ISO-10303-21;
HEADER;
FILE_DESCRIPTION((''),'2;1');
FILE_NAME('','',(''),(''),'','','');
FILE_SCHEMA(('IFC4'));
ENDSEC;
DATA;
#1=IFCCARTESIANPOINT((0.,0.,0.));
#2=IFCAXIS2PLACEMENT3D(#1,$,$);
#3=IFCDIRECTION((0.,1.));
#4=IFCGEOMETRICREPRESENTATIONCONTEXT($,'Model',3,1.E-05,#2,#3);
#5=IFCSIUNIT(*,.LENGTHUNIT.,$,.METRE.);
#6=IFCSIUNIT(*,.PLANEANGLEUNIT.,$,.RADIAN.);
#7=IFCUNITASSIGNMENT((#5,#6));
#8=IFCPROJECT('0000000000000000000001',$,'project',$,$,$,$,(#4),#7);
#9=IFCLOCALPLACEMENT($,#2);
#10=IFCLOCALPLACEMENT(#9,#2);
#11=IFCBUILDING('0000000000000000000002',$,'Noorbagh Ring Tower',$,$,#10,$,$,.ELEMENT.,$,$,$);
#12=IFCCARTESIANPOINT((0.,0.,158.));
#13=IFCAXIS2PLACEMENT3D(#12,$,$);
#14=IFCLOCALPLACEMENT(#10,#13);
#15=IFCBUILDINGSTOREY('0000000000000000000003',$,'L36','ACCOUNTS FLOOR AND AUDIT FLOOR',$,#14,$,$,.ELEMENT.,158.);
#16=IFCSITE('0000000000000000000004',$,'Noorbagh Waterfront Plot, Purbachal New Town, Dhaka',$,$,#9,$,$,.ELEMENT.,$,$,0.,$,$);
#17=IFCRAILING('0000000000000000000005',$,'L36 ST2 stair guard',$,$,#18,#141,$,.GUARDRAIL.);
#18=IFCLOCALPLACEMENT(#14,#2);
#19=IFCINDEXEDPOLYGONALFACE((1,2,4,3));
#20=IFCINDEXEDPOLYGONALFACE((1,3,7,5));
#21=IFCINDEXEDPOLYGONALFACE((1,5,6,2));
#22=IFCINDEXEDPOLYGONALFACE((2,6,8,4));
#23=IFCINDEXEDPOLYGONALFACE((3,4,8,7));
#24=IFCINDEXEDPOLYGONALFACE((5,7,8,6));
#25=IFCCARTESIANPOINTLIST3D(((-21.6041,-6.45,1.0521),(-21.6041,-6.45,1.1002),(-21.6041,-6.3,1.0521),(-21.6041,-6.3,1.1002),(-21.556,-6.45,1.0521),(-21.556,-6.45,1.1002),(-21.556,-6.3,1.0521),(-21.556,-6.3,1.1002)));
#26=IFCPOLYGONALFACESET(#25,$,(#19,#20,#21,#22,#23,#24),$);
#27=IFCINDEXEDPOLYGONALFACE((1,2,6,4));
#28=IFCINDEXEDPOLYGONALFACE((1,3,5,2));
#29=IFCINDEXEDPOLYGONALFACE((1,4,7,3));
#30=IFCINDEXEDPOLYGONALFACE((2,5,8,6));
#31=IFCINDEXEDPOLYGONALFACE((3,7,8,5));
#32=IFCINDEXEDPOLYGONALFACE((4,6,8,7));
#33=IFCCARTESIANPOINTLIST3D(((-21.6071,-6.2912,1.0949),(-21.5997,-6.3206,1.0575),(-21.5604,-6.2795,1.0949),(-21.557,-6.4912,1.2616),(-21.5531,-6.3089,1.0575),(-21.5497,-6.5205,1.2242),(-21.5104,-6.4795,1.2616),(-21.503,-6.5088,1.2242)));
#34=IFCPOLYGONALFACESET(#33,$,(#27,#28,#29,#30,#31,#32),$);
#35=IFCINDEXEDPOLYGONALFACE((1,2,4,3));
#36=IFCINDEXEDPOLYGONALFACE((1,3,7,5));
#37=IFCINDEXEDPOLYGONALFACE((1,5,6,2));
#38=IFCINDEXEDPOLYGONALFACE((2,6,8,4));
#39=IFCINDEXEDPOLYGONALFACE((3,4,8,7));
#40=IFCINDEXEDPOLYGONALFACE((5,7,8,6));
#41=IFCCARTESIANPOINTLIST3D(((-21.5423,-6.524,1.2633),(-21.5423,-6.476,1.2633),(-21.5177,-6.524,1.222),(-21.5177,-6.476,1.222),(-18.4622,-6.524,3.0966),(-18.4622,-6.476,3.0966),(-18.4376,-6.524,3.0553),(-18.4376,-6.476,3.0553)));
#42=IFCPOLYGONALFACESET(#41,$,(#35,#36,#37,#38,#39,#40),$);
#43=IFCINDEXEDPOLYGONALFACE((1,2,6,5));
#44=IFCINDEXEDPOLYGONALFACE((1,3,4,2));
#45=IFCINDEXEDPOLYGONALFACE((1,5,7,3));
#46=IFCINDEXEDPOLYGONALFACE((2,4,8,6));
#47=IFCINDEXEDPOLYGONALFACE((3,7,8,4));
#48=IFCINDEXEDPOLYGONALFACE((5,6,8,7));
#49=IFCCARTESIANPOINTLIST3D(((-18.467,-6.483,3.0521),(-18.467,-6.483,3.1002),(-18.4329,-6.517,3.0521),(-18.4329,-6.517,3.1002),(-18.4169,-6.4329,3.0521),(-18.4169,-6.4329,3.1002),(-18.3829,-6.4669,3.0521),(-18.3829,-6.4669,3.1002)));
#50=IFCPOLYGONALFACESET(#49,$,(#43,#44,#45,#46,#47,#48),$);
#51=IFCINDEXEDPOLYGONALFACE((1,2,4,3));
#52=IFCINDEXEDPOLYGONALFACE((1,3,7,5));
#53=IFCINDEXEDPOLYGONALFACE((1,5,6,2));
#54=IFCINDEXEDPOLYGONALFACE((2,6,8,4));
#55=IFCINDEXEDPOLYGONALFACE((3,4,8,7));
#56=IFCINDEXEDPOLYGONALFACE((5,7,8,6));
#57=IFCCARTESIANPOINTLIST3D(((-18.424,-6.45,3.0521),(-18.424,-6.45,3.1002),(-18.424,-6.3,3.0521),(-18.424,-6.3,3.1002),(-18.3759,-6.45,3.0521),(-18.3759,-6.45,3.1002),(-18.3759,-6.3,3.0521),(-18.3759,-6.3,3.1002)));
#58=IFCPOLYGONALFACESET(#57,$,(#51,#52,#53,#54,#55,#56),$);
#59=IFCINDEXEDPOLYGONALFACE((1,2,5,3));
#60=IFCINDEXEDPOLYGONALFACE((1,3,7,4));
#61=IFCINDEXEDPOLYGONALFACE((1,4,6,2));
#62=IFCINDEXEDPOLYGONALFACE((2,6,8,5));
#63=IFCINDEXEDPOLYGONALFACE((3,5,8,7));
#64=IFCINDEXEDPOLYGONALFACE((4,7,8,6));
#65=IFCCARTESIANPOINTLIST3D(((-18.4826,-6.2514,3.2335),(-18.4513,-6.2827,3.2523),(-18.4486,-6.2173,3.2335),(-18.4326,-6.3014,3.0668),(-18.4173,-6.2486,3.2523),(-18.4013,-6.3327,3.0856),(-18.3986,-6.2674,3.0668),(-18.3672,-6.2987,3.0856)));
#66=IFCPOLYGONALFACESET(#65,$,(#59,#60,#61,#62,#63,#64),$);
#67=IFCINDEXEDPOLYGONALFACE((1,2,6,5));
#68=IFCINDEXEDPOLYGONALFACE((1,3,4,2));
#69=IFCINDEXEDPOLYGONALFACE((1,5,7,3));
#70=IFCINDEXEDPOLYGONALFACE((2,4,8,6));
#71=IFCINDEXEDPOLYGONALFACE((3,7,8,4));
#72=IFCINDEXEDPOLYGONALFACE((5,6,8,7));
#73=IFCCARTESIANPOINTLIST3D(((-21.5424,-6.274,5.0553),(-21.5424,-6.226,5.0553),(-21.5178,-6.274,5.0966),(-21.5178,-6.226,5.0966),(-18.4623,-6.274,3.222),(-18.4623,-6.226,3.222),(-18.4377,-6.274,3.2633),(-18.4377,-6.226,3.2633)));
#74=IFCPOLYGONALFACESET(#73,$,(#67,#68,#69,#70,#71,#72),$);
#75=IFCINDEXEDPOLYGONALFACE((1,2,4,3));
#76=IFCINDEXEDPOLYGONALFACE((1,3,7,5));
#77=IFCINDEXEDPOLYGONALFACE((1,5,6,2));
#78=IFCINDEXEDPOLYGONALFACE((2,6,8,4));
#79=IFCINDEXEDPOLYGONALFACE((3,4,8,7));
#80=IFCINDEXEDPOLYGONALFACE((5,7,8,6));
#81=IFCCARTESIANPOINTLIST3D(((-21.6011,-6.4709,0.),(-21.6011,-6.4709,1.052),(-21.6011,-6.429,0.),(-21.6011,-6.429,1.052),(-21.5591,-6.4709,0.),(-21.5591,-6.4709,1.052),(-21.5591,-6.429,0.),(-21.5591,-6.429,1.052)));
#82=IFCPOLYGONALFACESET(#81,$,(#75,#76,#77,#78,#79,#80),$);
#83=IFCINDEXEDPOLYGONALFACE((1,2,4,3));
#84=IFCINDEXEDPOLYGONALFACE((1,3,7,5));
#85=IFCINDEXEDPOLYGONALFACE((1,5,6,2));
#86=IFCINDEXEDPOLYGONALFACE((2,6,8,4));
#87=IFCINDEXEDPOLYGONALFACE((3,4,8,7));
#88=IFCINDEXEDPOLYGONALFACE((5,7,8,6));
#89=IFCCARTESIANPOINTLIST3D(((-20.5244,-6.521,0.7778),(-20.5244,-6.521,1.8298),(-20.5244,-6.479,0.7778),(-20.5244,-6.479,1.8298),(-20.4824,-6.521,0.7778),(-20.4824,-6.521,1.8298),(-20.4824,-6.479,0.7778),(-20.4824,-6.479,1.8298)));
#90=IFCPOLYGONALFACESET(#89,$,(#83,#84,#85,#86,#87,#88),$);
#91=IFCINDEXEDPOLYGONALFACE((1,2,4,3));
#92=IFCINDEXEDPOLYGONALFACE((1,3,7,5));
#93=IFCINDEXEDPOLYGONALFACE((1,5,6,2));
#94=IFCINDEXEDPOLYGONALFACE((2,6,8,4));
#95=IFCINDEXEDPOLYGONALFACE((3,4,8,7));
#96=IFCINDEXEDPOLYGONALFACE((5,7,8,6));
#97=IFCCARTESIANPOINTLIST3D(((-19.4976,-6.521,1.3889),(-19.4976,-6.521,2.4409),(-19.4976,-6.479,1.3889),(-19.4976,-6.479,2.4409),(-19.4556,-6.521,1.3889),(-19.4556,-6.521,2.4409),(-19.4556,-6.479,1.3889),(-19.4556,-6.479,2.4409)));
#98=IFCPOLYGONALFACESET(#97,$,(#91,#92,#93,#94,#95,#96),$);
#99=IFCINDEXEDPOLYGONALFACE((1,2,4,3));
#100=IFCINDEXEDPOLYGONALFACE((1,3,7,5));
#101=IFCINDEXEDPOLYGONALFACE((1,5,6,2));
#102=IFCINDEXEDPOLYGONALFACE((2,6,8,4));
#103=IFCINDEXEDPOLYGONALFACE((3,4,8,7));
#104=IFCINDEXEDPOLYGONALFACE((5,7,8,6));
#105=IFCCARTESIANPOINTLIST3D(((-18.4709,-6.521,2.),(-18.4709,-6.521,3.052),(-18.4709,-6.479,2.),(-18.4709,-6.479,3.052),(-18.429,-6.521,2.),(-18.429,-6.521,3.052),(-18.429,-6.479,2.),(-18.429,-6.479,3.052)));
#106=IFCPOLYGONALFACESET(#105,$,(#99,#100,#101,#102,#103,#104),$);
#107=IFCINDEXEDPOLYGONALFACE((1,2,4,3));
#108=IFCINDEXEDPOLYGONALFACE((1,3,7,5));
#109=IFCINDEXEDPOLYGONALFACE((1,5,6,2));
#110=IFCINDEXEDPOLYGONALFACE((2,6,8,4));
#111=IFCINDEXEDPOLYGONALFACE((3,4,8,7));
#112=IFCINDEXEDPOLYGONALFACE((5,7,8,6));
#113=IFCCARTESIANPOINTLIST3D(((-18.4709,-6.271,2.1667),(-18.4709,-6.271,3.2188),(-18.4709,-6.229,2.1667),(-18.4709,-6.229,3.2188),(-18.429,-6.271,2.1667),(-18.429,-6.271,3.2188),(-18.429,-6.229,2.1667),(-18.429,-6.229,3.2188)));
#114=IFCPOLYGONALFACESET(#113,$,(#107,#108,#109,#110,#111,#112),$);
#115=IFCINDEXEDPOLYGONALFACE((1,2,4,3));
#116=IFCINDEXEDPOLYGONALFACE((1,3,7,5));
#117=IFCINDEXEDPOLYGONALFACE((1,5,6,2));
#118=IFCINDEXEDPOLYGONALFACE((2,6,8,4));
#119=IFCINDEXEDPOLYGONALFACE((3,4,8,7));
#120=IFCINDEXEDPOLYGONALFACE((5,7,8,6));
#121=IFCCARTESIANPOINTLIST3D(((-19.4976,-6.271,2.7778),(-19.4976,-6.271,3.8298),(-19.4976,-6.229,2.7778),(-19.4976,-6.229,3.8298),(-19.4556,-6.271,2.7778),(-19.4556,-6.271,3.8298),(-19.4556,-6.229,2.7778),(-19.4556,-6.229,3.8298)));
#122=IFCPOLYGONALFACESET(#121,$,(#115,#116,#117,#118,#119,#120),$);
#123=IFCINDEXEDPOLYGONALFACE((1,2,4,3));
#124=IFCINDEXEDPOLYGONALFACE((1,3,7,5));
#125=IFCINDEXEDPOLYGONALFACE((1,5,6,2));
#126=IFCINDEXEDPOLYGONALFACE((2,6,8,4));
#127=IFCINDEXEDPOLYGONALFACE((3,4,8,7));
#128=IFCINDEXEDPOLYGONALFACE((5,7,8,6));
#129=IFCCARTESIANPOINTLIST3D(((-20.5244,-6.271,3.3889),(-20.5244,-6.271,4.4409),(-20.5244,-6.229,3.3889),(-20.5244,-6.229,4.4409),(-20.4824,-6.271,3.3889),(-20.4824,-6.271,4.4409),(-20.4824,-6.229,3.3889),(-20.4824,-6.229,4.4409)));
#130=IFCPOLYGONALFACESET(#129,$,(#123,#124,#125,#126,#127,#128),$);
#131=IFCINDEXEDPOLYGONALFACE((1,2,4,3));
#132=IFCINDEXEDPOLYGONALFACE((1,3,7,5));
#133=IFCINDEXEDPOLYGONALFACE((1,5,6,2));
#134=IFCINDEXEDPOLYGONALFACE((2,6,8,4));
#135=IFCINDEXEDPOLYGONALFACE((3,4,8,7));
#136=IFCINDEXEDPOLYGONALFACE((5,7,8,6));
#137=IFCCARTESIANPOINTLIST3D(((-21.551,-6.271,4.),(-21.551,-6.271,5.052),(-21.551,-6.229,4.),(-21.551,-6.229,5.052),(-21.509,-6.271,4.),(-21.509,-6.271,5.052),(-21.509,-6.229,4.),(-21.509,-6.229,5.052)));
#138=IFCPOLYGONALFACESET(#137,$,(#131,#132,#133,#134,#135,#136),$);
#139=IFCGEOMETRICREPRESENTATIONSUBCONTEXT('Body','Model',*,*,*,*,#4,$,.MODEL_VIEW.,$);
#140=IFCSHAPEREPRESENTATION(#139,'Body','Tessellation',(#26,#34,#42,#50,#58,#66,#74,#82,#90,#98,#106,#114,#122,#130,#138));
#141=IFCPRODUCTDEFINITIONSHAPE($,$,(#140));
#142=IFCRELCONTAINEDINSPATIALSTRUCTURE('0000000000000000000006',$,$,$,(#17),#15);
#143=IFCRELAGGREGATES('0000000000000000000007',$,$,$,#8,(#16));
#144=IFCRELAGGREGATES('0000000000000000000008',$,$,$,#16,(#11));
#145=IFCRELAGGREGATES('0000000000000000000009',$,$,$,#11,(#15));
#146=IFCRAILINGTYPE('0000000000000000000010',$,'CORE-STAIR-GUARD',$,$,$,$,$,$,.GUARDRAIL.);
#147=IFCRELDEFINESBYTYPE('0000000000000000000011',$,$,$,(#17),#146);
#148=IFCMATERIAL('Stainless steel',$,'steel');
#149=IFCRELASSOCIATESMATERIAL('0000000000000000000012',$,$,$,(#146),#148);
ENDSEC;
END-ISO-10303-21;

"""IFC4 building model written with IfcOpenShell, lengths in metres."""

from ifc_helpers import new_model, si_unit, direction, frame, origin, origin_2d, place, context, subcontext, project, spatial, rectangle, extrude, material, type_object, element, save


model = new_model("IFC4")

# Units and contexts
model_context = context("Model", 3, precision=1e-05, world=origin(), true_north=direction((0.0, 1.0)))
body_context = subcontext(model_context, "Body", "Model", "MODEL_VIEW")
ifc_project = project(units=[si_unit("LENGTHUNIT", "METRE"), si_unit("PLANEANGLEUNIT", "RADIAN")], contexts=[model_context])

# Site, building, storey
site_placement = place(None, origin())
site = spatial("IfcSite", under=ifc_project, at=site_placement, Name="Noorbagh Waterfront Plot, Purbachal New Town, Dhaka", CompositionType="ELEMENT", RefElevation=0.0)
building_placement = place(site_placement, origin())
building = spatial("IfcBuilding", under=site, at=building_placement, Name="Noorbagh Ring Tower", CompositionType="ELEMENT")
storey_placement = place(building_placement, frame((0.0, 0.0, 158.0)))
storey = spatial("IfcBuildingStorey", under=building, at=storey_placement, Name="L36", Description="ACCOUNTS FLOOR AND AUDIT FLOOR", CompositionType="ELEMENT", Elevation=158.0)

# Railing
ifc_material_1 = material(Name="Stainless steel", Category="steel")
railing_type_1 = type_object("IfcRailingType", Name="CORE-STAIR-GUARD", PredefinedType="GUARDRAIL", material=ifc_material_1)
railing_1_placement = place(storey_placement, frame((-21.5801, -6.45, 0.0)))
element("IfcRailing", 1, at=railing_1_placement, inside=storey, type_object=railing_type_1, Name="L36 ST2 stair guard", PredefinedType="GUARDRAIL", context=body_context, shape_type="SweptSolid", body=[
    extrude(rectangle(XDim=0.0481, YDim=0.0481, at=origin_2d()), frame((0.0, 0.0, 1.0762), z_axis=(0.0, 1.0, 0.0), x_axis=(-1.0, 0.0, 0.0)), (0.0, 0.0, 1.0), 0.1499),
    extrude(rectangle(XDim=0.0481, YDim=0.0481, at=origin_2d()), frame((0.0, 0.1499, 1.0762), z_axis=(0.188776, -0.754182, 0.628946), x_axis=(0.970073, 0.242814, 0.0)), (0.0, 0.0, 1.0), 0.2651),
    extrude(rectangle(XDim=0.0481, YDim=0.0481, at=origin_2d()), frame((0.05, -0.05, 1.2427), z_axis=(0.859309, 0.0, 0.511458), x_axis=(0.0, 1.0, 0.0)), (0.0, 0.0, 1.0), 3.5845),
    extrude(rectangle(XDim=0.0481, YDim=0.0481, at=origin_2d()), frame((3.1301, -0.05, 3.0762), z_axis=(0.707107, 0.707107, 0.0), x_axis=(-0.707107, 0.707107, 0.0)), (0.0, 0.0, 1.0), 0.0708),
    extrude(rectangle(XDim=0.0481, YDim=0.0481, at=origin_2d()), frame((3.1802, 0.0, 3.0762), z_axis=(0.0, 1.0, 0.0), x_axis=(-1.0, 0.0, 0.0)), (0.0, 0.0, 1.0), 0.1499),
    extrude(rectangle(XDim=0.0481, YDim=0.0481, at=origin_2d()), frame((3.1802, 0.1499, 3.0762), z_axis=(-0.276287, 0.276287, 0.920506), x_axis=(-0.707107, -0.707107, 0.0)), (0.0, 0.0, 1.0), 0.1812),
    extrude(rectangle(XDim=0.0481, YDim=0.0481, at=origin_2d()), frame((3.1301, 0.2, 3.2427), z_axis=(-0.859309, 0.0, 0.511458), x_axis=(0.0, -1.0, 0.0)), (0.0, 0.0, 1.0), 3.5845),
    extrude(rectangle(XDim=0.042, YDim=0.042, at=origin_2d()), origin(), (0.0, 0.0, 1.0), 1.052),
    extrude(rectangle(XDim=0.042, YDim=0.042, at=origin_2d()), frame((1.0767, -0.05, 0.7778)), (0.0, 0.0, 1.0), 1.052),
    extrude(rectangle(XDim=0.042, YDim=0.042, at=origin_2d()), frame((2.1035, -0.05, 1.3889)), (0.0, 0.0, 1.0), 1.052),
    extrude(rectangle(XDim=0.042, YDim=0.042, at=origin_2d()), frame((3.1301, -0.05, 2.0)), (0.0, 0.0, 1.0), 1.052),
    extrude(rectangle(XDim=0.042, YDim=0.042, at=origin_2d()), frame((3.1301, 0.2, 2.1667)), (0.0, 0.0, 1.0), 1.052),
    extrude(rectangle(XDim=0.042, YDim=0.042, at=origin_2d()), frame((2.1035, 0.2, 2.7778)), (0.0, 0.0, 1.0), 1.052),
    extrude(rectangle(XDim=0.042, YDim=0.042, at=origin_2d()), frame((1.0767, 0.2, 3.3889)), (0.0, 0.0, 1.0), 1.052),
    extrude(rectangle(XDim=0.042, YDim=0.042, at=origin_2d()), frame((0.05, 0.2, 4.0)), (0.0, 0.0, 1.0), 1.052),
])

save(model, "model.ifc")
